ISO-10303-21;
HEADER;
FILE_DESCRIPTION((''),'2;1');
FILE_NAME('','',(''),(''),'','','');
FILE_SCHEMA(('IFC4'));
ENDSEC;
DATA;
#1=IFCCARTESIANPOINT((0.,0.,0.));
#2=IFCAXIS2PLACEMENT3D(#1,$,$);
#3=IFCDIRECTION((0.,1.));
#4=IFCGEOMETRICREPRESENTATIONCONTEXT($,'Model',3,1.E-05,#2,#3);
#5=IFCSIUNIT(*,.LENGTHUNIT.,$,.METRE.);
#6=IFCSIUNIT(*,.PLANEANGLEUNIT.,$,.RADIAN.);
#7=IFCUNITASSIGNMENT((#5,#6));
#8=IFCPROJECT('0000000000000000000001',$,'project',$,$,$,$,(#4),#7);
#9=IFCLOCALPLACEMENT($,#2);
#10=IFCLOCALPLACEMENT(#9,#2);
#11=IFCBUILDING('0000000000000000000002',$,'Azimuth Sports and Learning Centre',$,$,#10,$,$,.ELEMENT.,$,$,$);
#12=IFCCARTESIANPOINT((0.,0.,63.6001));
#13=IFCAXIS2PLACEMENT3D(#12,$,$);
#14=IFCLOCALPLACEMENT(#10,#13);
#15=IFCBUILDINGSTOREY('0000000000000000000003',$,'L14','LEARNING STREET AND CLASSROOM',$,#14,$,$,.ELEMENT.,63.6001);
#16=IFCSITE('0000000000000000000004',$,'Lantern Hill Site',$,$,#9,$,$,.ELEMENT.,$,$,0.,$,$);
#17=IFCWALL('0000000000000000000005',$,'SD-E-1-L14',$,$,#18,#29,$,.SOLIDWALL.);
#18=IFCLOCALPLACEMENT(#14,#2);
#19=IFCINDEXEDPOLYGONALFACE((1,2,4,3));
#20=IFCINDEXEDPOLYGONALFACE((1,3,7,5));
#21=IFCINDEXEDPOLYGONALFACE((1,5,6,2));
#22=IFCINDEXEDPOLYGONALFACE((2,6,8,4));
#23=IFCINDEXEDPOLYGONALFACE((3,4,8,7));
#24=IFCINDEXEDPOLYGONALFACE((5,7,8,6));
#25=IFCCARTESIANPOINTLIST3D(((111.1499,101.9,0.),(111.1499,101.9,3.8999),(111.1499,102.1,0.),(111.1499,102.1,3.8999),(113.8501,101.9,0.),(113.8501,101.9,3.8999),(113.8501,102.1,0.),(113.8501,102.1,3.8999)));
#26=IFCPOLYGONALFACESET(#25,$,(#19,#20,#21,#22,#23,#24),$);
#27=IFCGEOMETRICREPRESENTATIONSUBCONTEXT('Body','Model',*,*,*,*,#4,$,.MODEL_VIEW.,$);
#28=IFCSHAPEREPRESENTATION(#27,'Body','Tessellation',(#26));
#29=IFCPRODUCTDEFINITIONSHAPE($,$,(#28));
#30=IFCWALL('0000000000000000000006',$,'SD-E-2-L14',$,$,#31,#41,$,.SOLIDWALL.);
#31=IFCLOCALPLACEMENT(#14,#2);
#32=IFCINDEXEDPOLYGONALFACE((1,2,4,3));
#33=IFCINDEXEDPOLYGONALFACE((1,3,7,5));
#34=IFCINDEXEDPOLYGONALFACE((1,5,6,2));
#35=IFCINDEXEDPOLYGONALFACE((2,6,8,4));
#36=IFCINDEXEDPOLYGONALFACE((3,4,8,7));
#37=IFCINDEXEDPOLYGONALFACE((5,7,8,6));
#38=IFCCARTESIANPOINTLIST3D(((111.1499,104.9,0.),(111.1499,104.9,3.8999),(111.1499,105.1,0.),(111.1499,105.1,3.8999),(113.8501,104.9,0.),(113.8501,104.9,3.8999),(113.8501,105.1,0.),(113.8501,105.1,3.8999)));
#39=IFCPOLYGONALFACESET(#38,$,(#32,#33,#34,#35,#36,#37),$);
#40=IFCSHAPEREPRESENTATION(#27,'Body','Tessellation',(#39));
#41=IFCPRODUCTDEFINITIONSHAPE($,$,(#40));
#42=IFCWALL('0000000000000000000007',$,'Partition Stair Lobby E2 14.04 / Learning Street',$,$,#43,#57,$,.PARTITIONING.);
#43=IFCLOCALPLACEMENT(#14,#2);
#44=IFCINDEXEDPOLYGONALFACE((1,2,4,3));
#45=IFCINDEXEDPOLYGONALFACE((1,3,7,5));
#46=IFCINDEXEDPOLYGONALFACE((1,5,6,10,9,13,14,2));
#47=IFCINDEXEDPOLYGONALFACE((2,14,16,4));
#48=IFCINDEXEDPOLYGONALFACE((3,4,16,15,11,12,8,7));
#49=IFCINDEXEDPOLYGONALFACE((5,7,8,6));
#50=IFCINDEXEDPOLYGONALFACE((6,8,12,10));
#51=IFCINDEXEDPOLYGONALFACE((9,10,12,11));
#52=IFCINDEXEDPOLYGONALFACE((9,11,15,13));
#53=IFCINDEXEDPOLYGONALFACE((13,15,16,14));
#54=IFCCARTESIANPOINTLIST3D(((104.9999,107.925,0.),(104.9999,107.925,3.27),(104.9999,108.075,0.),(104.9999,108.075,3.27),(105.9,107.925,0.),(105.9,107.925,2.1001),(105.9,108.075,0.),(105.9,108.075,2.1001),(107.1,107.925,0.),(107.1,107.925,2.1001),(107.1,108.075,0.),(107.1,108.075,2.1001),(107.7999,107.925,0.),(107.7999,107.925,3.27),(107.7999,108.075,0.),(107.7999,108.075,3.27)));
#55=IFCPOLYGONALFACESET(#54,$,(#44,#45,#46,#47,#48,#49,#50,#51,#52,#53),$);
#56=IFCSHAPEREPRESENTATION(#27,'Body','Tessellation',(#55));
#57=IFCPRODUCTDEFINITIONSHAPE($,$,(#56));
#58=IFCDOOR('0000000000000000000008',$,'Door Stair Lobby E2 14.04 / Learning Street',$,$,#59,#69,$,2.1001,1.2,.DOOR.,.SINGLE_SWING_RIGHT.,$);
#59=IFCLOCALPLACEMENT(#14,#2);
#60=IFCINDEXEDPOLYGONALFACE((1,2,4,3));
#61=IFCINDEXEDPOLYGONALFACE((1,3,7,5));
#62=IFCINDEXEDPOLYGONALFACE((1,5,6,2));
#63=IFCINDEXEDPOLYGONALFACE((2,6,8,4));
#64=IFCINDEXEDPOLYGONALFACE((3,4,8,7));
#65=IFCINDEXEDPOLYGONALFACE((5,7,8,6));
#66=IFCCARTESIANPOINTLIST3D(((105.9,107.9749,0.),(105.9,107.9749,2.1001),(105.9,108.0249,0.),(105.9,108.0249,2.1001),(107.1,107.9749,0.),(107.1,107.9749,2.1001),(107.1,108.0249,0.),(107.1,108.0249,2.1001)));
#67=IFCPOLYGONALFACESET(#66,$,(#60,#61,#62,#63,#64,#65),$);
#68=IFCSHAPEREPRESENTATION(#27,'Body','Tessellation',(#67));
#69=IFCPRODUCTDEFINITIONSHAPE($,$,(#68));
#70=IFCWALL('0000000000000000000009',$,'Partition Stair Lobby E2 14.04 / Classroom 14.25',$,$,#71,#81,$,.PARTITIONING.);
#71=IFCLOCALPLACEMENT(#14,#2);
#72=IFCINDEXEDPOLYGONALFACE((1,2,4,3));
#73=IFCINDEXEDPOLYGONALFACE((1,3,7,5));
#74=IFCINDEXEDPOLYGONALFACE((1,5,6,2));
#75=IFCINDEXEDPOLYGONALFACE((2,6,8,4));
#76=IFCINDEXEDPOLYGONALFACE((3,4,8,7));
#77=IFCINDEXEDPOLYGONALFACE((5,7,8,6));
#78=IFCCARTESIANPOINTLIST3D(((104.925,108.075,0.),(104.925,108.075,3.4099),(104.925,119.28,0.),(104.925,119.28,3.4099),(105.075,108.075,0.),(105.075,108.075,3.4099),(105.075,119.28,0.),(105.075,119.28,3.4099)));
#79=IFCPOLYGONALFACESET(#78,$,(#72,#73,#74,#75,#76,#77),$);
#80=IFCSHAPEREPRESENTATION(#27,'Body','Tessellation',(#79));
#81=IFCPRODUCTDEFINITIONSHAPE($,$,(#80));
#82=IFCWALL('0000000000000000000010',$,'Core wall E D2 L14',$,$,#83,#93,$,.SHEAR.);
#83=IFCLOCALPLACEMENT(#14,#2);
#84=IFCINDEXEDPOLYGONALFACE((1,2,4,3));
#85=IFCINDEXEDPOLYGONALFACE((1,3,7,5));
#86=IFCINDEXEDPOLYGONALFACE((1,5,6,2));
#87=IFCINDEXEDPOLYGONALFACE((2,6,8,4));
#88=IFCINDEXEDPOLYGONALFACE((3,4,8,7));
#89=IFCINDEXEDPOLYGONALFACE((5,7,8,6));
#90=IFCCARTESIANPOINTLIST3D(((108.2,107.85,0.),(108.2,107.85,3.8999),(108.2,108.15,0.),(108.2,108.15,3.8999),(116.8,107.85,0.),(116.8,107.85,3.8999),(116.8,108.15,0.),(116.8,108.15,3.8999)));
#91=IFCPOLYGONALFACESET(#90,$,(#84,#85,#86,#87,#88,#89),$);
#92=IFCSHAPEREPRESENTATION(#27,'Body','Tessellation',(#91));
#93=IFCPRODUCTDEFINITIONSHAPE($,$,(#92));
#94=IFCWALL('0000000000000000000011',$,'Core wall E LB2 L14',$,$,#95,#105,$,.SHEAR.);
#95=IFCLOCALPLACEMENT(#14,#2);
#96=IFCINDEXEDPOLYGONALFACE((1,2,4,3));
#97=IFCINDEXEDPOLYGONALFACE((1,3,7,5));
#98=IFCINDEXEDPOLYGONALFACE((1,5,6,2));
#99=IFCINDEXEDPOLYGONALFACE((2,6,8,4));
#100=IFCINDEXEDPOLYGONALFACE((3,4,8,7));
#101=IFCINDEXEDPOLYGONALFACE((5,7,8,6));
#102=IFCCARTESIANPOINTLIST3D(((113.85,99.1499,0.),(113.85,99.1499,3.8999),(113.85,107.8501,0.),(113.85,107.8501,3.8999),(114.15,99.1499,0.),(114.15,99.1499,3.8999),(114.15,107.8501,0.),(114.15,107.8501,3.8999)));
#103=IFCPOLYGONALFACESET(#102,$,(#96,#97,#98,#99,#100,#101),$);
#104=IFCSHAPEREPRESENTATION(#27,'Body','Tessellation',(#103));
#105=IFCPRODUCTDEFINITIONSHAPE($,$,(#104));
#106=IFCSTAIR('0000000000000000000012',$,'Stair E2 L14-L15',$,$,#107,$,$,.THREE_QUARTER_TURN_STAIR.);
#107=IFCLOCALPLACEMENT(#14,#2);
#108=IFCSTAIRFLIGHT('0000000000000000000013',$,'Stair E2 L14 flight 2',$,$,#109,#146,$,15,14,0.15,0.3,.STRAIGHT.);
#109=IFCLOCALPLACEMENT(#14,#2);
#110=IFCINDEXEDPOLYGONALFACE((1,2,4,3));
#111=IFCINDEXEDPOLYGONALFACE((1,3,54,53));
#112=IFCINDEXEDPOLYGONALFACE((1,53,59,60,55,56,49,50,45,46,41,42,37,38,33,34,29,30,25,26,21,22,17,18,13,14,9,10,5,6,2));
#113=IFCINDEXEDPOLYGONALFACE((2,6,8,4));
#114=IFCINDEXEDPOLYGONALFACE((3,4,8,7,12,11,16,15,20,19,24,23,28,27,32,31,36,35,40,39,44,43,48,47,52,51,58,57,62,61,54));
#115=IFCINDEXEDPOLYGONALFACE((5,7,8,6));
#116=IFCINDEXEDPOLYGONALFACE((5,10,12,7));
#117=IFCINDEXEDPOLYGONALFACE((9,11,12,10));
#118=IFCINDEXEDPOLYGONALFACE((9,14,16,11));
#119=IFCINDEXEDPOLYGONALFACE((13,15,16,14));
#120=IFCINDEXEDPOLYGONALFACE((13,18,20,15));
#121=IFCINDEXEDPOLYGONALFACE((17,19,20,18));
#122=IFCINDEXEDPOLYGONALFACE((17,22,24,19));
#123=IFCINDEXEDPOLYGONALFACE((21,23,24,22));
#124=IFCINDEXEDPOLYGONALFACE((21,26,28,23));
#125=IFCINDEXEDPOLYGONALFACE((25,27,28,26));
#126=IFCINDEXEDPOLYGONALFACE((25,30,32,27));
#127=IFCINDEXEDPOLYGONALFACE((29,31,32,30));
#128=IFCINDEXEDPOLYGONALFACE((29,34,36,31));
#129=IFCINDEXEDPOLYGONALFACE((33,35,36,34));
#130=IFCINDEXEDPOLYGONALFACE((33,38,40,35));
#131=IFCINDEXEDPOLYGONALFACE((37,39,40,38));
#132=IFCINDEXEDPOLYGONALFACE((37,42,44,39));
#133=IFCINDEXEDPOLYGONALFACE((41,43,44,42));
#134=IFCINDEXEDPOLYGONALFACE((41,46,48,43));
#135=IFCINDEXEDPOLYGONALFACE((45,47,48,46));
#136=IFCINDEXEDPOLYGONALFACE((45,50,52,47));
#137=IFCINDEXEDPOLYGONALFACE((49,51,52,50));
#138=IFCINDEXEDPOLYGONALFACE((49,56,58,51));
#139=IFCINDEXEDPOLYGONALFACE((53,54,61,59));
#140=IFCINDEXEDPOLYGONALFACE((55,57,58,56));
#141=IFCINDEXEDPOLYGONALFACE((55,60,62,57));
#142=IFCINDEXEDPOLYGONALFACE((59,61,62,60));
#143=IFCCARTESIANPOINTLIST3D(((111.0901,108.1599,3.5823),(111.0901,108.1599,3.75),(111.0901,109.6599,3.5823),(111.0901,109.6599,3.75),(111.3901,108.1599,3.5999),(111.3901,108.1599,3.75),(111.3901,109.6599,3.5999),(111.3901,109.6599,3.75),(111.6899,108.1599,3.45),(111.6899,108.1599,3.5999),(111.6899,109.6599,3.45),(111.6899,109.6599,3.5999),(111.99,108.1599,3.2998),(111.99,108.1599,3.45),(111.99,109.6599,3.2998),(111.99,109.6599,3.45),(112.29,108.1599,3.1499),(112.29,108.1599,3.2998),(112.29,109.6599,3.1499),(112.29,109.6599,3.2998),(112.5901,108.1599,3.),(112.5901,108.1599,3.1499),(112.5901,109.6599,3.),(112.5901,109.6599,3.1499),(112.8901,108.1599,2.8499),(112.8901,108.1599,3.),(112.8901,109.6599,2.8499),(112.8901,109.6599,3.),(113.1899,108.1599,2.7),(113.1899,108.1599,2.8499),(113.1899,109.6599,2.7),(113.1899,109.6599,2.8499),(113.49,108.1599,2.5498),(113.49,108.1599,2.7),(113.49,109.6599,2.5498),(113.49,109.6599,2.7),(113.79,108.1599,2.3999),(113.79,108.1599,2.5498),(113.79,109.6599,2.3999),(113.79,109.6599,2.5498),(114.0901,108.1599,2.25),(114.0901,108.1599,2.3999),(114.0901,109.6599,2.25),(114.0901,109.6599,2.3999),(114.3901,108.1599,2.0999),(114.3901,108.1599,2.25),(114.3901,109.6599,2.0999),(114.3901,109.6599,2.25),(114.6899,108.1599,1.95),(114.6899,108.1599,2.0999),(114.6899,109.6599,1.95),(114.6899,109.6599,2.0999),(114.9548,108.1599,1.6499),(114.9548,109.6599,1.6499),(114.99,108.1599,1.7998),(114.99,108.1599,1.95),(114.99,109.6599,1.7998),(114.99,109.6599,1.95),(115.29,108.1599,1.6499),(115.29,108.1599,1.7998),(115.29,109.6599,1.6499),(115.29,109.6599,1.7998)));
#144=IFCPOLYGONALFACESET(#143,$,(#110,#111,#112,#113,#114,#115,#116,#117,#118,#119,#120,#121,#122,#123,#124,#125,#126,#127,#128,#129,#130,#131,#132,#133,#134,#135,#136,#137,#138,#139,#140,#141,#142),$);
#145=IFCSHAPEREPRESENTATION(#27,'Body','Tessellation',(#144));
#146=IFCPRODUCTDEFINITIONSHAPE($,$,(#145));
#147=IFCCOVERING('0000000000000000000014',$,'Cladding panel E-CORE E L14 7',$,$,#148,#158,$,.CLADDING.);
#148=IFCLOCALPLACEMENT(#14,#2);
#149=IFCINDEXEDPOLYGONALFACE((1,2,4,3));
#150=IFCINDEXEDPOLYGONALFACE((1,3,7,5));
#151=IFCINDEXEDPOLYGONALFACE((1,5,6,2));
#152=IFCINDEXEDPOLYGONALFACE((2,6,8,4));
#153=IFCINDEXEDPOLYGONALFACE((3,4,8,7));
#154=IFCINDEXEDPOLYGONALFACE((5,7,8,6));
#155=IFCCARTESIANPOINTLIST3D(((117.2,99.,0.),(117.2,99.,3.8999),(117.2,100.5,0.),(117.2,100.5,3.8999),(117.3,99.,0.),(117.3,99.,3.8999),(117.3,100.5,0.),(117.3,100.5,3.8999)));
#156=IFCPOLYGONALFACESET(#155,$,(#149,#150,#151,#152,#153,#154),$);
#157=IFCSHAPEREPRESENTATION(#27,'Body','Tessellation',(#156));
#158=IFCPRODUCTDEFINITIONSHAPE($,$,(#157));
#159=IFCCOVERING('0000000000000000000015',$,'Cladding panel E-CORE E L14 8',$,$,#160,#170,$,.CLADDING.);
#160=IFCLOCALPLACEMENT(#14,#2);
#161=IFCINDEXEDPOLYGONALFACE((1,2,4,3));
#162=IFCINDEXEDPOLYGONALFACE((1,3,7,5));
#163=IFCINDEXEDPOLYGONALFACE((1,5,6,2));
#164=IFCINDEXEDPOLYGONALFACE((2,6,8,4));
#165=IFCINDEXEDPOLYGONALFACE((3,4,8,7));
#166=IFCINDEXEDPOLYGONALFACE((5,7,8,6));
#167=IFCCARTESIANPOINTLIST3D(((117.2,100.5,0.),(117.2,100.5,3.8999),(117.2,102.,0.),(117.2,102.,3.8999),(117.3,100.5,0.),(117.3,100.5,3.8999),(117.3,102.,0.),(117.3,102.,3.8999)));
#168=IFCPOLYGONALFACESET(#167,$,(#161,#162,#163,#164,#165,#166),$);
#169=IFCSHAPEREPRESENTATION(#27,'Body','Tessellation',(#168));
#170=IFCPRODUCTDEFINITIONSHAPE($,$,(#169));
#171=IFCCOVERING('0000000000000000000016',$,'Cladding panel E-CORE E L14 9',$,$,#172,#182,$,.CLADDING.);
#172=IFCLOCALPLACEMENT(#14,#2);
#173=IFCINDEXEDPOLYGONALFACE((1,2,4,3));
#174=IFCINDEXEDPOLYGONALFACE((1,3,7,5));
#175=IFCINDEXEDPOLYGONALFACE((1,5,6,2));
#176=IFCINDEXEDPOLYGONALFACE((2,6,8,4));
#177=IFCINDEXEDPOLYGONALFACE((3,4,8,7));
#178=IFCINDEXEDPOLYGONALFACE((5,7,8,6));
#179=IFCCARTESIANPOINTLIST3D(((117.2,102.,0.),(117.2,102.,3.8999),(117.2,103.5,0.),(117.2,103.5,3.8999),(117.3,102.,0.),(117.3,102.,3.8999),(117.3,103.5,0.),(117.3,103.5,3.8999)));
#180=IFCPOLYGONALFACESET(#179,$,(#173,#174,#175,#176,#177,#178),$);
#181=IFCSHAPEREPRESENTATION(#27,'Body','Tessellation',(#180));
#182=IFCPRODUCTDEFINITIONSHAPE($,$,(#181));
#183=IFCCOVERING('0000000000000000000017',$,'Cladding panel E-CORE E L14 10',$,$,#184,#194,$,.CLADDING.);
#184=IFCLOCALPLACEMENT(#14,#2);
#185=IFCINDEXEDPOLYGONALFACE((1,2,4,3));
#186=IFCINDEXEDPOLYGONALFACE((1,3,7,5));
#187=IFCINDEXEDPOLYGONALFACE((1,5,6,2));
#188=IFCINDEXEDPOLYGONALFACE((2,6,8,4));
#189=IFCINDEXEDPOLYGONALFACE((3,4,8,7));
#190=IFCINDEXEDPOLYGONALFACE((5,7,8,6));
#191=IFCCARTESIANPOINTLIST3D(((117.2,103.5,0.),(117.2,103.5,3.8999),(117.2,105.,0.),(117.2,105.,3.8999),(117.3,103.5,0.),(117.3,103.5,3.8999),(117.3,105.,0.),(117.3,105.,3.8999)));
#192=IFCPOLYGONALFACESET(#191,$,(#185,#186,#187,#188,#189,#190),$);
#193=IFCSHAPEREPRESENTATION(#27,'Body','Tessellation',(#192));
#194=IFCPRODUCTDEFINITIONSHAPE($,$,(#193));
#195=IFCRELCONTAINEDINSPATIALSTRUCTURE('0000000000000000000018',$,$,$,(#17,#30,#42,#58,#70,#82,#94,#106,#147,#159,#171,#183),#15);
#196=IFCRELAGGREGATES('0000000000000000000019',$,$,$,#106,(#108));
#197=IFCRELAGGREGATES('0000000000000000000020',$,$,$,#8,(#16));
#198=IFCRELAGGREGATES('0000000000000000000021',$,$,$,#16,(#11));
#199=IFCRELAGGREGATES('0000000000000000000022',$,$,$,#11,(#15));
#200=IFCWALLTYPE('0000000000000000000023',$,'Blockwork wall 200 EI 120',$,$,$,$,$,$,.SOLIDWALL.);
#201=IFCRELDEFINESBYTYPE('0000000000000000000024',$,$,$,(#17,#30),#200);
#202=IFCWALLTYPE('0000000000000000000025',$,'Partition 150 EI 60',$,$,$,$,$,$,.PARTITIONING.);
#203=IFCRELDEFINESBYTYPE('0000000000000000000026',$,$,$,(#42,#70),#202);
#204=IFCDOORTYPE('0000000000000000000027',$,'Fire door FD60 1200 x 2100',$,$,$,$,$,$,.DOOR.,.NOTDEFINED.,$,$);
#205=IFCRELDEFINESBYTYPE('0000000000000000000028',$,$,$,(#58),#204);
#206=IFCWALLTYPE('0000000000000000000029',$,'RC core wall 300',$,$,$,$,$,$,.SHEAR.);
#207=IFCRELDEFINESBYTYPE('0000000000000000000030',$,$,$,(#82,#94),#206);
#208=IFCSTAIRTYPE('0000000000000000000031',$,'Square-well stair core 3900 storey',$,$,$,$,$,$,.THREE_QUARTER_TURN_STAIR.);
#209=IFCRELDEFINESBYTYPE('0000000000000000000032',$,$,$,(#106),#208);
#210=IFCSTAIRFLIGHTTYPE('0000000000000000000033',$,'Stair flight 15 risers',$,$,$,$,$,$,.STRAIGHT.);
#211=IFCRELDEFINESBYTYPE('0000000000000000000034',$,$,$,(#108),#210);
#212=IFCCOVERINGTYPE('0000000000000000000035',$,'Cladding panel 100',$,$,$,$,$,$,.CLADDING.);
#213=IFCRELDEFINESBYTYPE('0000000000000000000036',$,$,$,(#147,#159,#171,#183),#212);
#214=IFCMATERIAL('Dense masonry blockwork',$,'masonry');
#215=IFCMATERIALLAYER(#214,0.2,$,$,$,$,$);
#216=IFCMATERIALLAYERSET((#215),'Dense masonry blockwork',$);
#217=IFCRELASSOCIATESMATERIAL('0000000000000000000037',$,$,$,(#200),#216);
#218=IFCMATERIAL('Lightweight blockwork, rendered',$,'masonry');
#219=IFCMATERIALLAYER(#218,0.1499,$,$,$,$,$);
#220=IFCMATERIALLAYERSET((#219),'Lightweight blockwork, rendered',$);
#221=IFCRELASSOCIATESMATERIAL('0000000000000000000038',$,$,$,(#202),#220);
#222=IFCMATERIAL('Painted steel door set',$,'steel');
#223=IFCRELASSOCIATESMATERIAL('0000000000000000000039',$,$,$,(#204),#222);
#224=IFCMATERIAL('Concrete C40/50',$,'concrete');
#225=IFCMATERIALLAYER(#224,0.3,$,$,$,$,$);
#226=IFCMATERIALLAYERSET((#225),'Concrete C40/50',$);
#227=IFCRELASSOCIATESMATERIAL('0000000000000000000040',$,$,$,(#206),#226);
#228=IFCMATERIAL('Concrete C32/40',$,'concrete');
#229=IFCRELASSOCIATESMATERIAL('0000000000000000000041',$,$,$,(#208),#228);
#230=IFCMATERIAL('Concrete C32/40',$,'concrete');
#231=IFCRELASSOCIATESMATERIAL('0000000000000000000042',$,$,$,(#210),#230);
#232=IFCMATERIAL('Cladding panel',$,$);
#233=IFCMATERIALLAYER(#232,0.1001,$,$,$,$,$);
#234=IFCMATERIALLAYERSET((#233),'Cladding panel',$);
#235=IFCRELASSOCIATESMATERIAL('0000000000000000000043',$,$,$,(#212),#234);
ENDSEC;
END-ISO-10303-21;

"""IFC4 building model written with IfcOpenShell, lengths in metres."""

from ifc_helpers import new_model, si_unit, direction, frame, frame_2d, origin, origin_2d, place, context, subcontext, project, spatial, polyline, rectangle, outline, extrude, material, layer, layer_set, type_object, element, fill, aggregate, save


model = new_model("IFC4")

# Units and contexts
model_context = context("Model", 3, precision=1e-05, world=origin(), true_north=direction((0.0, 1.0)))
body_context = subcontext(model_context, "Body", "Model", "MODEL_VIEW")
ifc_project = project(units=[si_unit("LENGTHUNIT", "METRE"), si_unit("PLANEANGLEUNIT", "RADIAN")], contexts=[model_context])

# Site, building, storey
site_placement = place(None, origin())
site = spatial("IfcSite", under=ifc_project, at=site_placement, Name="Lantern Hill Site", CompositionType="ELEMENT", RefElevation=0.0)
building_placement = place(site_placement, origin())
building = spatial("IfcBuilding", under=site, at=building_placement, Name="Azimuth Sports and Learning Centre", CompositionType="ELEMENT")
storey_placement = place(building_placement, frame((0.0, 0.0, 63.6001)))
storey = spatial("IfcBuildingStorey", under=building, at=storey_placement, Name="L14", Description="LEARNING STREET AND CLASSROOM", CompositionType="ELEMENT", Elevation=63.6001)

# Walls
ifc_material_1 = material(Name="Dense masonry blockwork", Category="masonry")
ifc_layer_1 = layer(ifc_material_1, 0.2)
ifc_layer_set_1 = layer_set([ifc_layer_1], Name="Dense masonry blockwork")
wall_type_1 = type_object("IfcWallType", Name="Blockwork wall 200 EI 120", PredefinedType="SOLIDWALL", material=ifc_layer_set_1)
for number, where, z_axis, x_axis, name in (
    (1, (111.1499, 102.0, 0.0), (0.0, 0.0, 1.0), (1.0, 0.0, 0.0), "SD-E-1-L14"),
    (2, (111.1499, 105.0, 0.0), (0.0, 0.0, 1.0), (1.0, 0.0, 0.0), "SD-E-2-L14"),
):
    element("IfcWall", number, at=place(storey_placement, frame(where, z_axis=z_axis, x_axis=x_axis)), inside=storey, type_object=wall_type_1, Name=name, PredefinedType="SOLIDWALL", context=body_context, shape_type="SweptSolid", body=[
        extrude(rectangle(XDim=2.7002, YDim=0.2, at=frame_2d((1.3501, 0.0))), origin(), (0.0, 0.0, 1.0), 3.8999),
    ])

# Wall, opening, door
ifc_material_2 = material(Name="Lightweight blockwork, rendered", Category="masonry")
ifc_layer_2 = layer(ifc_material_2, 0.1499)
ifc_layer_set_2 = layer_set([ifc_layer_2], Name="Lightweight blockwork, rendered")
wall_type_2 = type_object("IfcWallType", Name="Partition 150 EI 60", PredefinedType="PARTITIONING", material=ifc_layer_set_2)
wall_1_placement = place(storey_placement, frame((105.0, 108.0, 0.0), z_axis=(0.0, 0.0, 1.0), x_axis=(1.0, 0.0, 0.0)))
wall_1 = element("IfcWall", 3, at=wall_1_placement, inside=storey, type_object=wall_type_2, Name="Partition Stair Lobby E2 14.04 / Learning Street", PredefinedType="PARTITIONING", context=body_context, shape_type="SweptSolid", body=[
    extrude(rectangle(XDim=2.8, YDim=0.1499, at=frame_2d((1.3999, 0.0))), origin(), (0.0, 0.0, 1.0), 3.27),
])
opening_placement = place(wall_1_placement, frame((0.8999, 0.0, 0.0)))
opening = element("IfcOpeningElement", 4, at=opening_placement, cuts=wall_1, PredefinedType="OPENING", context=body_context, shape_type="SweptSolid", body=[
    extrude(rectangle(XDim=1.2, YDim=2.1001, at=frame_2d((0.6001, 1.05))), frame((0.0, 0.0859, 0.0), z_axis=(0.0, -1.0, 0.0), x_axis=(1.0, 0.0, 0.0)), (0.0, 0.0, 1.0), 0.1719),
])
ifc_material_3 = material(Name="Painted steel door set", Category="steel")
door_type = type_object("IfcDoorType", Name="Fire door FD60 1200 x 2100", OperationType="NOTDEFINED", PredefinedType="DOOR", material=ifc_material_3)
door_placement = place(opening_placement, origin())
door = element("IfcDoor", 5, at=door_placement, inside=storey, type_object=door_type, Name="Door Stair Lobby E2 14.04 / Learning Street", OperationType="SINGLE_SWING_RIGHT", OverallHeight=2.1001, OverallWidth=1.2, PredefinedType="DOOR", context=body_context, shape_type="SweptSolid", body=[
    extrude(rectangle(XDim=1.2, YDim=2.1001, at=frame_2d((0.6001, 1.05))), frame((0.0, 0.0249, 0.0), z_axis=(0.0, -1.0, 0.0), x_axis=(1.0, 0.0, 0.0)), (0.0, 0.0, 1.0), 0.05),
])
fill(opening, door)

# Walls
wall_2_placement = place(storey_placement, frame((105.0, 108.075, 0.0), z_axis=(0.0, 0.0, 1.0), x_axis=(0.0, 1.0, 0.0)))
element("IfcWall", 6, at=wall_2_placement, inside=storey, type_object=wall_type_2, Name="Partition Stair Lobby E2 14.04 / Classroom 14.25", PredefinedType="PARTITIONING", context=body_context, shape_type="SweptSolid", body=[
    extrude(rectangle(XDim=11.2051, YDim=0.1499, at=frame_2d((5.6025, 0.0))), origin(), (0.0, 0.0, 1.0), 3.4099),
])
ifc_material_4 = material(Name="Concrete C40/50", Category="concrete")
ifc_layer_3 = layer(ifc_material_4, 0.3)
ifc_layer_set_3 = layer_set([ifc_layer_3], Name="Concrete C40/50")
wall_type_3 = type_object("IfcWallType", Name="RC core wall 300", PredefinedType="SHEAR", material=ifc_layer_set_3)
wall_3_placement = place(storey_placement, frame((108.2, 108.0, 0.0), z_axis=(0.0, 0.0, 1.0), x_axis=(1.0, 0.0, 0.0)))
element("IfcWall", 7, at=wall_3_placement, inside=storey, type_object=wall_type_3, Name="Core wall E D2 L14", PredefinedType="SHEAR", context=body_context, shape_type="SweptSolid", body=[
    extrude(rectangle(XDim=8.6001, YDim=0.3, at=frame_2d((4.3, 0.0))), origin(), (0.0, 0.0, 1.0), 3.8999),
])
wall_4_placement = place(storey_placement, frame((114.0, 99.1499, 0.0), z_axis=(0.0, 0.0, 1.0), x_axis=(0.0, 1.0, 0.0)))
element("IfcWall", 8, at=wall_4_placement, inside=storey, type_object=wall_type_3, Name="Core wall E LB2 L14", PredefinedType="SHEAR", context=body_context, shape_type="SweptSolid", body=[
    extrude(rectangle(XDim=8.7002, YDim=0.3, at=frame_2d((4.3501, 0.0))), origin(), (0.0, 0.0, 1.0), 3.8999),
])

# Stair, stair flight
ifc_material_5 = material(Name="Concrete C32/40", Category="concrete")
stair_type = type_object("IfcStairType", Name="Square-well stair core 3900 storey", PredefinedType="THREE_QUARTER_TURN_STAIR", material=ifc_material_5)
stair_placement = place(storey_placement, origin())
stair = element("IfcStair", 9, at=stair_placement, inside=storey, type_object=stair_type, Name="Stair E2 L14-L15", PredefinedType="THREE_QUARTER_TURN_STAIR")
ifc_material_6 = material(Name="Concrete C32/40", Category="concrete")
stair_flight_type = type_object("IfcStairFlightType", Name="Stair flight 15 risers", PredefinedType="STRAIGHT", material=ifc_material_6)
stair_flight_placement = place(storey_placement, frame((115.29, 108.9099, 1.6499), z_axis=(0.0, 0.0, 1.0), x_axis=(-1.0, 0.0, 0.0)))
stair_flight = element("IfcStairFlight", 10, at=stair_flight_placement, type_object=stair_flight_type, Name="Stair E2 L14 flight 2", NumberOfRisers=15, NumberOfTreads=14, PredefinedType="STRAIGHT", RiserHeight=0.15, TreadLength=0.3, context=body_context, shape_type="SweptSolid", body=[
    extrude(outline(polyline([(0.0, 0.0), (0.0, 0.1499), (0.3, 0.1499), (0.3, 0.3), (0.6001, 0.3), (0.6001, 0.45), (0.8999, 0.45), (0.8999, 0.6001), (1.2, 0.6001), (1.2, 0.75), (1.5, 0.75), (1.5, 0.8999), (1.8, 0.8999), (1.8, 1.05), (2.1001, 1.05), (2.1001, 1.2), (2.3999, 1.2), (2.3999, 1.3501), (2.7, 1.3501), (2.7, 1.5), (3.0, 1.5), (3.0, 1.6499), (3.3, 1.6499), (3.3, 1.8), (3.6001, 1.8), (3.6001, 1.95), (3.8999, 1.95), (3.8999, 2.1001), (4.2, 2.1001), (4.2, 2.25), (4.2, 1.9324), (0.3352, 0.0), (0.0, 0.0)])), frame((0.0, 0.75, 0.0), z_axis=(0.0, -1.0, 0.0), x_axis=(1.0, 0.0, 0.0)), (0.0, 0.0, 1.0), 1.5),
])
aggregate(stair, [stair_flight])

# Coverings
ifc_material_7 = material(Name="Cladding panel")
ifc_layer_4 = layer(ifc_material_7, 0.1001)
ifc_layer_set_4 = layer_set([ifc_layer_4], Name="Cladding panel")
covering_type = type_object("IfcCoveringType", Name="Cladding panel 100", PredefinedType="CLADDING", material=ifc_layer_set_4)
for number, where, z_axis, x_axis, name in (
    (11, (117.25, 99.75, 0.0), (0.0, 0.0, 1.0), (0.0, 1.0, 0.0), "Cladding panel E-CORE E L14 7"),
    (12, (117.25, 101.25, 0.0), (0.0, 0.0, 1.0), (0.0, 1.0, 0.0), "Cladding panel E-CORE E L14 8"),
    (13, (117.25, 102.75, 0.0), (0.0, 0.0, 1.0), (0.0, 1.0, 0.0), "Cladding panel E-CORE E L14 9"),
    (14, (117.25, 104.25, 0.0), (0.0, 0.0, 1.0), (0.0, 1.0, 0.0), "Cladding panel E-CORE E L14 10"),
):
    element("IfcCovering", number, at=place(storey_placement, frame(where, z_axis=z_axis, x_axis=x_axis)), inside=storey, type_object=covering_type, Name=name, PredefinedType="CLADDING", context=body_context, shape_type="SweptSolid", body=[
        extrude(rectangle(XDim=1.5, YDim=0.1001, at=origin_2d()), origin(), (0.0, 0.0, 1.0), 3.8999),
    ])

save(model, "model.ifc")
